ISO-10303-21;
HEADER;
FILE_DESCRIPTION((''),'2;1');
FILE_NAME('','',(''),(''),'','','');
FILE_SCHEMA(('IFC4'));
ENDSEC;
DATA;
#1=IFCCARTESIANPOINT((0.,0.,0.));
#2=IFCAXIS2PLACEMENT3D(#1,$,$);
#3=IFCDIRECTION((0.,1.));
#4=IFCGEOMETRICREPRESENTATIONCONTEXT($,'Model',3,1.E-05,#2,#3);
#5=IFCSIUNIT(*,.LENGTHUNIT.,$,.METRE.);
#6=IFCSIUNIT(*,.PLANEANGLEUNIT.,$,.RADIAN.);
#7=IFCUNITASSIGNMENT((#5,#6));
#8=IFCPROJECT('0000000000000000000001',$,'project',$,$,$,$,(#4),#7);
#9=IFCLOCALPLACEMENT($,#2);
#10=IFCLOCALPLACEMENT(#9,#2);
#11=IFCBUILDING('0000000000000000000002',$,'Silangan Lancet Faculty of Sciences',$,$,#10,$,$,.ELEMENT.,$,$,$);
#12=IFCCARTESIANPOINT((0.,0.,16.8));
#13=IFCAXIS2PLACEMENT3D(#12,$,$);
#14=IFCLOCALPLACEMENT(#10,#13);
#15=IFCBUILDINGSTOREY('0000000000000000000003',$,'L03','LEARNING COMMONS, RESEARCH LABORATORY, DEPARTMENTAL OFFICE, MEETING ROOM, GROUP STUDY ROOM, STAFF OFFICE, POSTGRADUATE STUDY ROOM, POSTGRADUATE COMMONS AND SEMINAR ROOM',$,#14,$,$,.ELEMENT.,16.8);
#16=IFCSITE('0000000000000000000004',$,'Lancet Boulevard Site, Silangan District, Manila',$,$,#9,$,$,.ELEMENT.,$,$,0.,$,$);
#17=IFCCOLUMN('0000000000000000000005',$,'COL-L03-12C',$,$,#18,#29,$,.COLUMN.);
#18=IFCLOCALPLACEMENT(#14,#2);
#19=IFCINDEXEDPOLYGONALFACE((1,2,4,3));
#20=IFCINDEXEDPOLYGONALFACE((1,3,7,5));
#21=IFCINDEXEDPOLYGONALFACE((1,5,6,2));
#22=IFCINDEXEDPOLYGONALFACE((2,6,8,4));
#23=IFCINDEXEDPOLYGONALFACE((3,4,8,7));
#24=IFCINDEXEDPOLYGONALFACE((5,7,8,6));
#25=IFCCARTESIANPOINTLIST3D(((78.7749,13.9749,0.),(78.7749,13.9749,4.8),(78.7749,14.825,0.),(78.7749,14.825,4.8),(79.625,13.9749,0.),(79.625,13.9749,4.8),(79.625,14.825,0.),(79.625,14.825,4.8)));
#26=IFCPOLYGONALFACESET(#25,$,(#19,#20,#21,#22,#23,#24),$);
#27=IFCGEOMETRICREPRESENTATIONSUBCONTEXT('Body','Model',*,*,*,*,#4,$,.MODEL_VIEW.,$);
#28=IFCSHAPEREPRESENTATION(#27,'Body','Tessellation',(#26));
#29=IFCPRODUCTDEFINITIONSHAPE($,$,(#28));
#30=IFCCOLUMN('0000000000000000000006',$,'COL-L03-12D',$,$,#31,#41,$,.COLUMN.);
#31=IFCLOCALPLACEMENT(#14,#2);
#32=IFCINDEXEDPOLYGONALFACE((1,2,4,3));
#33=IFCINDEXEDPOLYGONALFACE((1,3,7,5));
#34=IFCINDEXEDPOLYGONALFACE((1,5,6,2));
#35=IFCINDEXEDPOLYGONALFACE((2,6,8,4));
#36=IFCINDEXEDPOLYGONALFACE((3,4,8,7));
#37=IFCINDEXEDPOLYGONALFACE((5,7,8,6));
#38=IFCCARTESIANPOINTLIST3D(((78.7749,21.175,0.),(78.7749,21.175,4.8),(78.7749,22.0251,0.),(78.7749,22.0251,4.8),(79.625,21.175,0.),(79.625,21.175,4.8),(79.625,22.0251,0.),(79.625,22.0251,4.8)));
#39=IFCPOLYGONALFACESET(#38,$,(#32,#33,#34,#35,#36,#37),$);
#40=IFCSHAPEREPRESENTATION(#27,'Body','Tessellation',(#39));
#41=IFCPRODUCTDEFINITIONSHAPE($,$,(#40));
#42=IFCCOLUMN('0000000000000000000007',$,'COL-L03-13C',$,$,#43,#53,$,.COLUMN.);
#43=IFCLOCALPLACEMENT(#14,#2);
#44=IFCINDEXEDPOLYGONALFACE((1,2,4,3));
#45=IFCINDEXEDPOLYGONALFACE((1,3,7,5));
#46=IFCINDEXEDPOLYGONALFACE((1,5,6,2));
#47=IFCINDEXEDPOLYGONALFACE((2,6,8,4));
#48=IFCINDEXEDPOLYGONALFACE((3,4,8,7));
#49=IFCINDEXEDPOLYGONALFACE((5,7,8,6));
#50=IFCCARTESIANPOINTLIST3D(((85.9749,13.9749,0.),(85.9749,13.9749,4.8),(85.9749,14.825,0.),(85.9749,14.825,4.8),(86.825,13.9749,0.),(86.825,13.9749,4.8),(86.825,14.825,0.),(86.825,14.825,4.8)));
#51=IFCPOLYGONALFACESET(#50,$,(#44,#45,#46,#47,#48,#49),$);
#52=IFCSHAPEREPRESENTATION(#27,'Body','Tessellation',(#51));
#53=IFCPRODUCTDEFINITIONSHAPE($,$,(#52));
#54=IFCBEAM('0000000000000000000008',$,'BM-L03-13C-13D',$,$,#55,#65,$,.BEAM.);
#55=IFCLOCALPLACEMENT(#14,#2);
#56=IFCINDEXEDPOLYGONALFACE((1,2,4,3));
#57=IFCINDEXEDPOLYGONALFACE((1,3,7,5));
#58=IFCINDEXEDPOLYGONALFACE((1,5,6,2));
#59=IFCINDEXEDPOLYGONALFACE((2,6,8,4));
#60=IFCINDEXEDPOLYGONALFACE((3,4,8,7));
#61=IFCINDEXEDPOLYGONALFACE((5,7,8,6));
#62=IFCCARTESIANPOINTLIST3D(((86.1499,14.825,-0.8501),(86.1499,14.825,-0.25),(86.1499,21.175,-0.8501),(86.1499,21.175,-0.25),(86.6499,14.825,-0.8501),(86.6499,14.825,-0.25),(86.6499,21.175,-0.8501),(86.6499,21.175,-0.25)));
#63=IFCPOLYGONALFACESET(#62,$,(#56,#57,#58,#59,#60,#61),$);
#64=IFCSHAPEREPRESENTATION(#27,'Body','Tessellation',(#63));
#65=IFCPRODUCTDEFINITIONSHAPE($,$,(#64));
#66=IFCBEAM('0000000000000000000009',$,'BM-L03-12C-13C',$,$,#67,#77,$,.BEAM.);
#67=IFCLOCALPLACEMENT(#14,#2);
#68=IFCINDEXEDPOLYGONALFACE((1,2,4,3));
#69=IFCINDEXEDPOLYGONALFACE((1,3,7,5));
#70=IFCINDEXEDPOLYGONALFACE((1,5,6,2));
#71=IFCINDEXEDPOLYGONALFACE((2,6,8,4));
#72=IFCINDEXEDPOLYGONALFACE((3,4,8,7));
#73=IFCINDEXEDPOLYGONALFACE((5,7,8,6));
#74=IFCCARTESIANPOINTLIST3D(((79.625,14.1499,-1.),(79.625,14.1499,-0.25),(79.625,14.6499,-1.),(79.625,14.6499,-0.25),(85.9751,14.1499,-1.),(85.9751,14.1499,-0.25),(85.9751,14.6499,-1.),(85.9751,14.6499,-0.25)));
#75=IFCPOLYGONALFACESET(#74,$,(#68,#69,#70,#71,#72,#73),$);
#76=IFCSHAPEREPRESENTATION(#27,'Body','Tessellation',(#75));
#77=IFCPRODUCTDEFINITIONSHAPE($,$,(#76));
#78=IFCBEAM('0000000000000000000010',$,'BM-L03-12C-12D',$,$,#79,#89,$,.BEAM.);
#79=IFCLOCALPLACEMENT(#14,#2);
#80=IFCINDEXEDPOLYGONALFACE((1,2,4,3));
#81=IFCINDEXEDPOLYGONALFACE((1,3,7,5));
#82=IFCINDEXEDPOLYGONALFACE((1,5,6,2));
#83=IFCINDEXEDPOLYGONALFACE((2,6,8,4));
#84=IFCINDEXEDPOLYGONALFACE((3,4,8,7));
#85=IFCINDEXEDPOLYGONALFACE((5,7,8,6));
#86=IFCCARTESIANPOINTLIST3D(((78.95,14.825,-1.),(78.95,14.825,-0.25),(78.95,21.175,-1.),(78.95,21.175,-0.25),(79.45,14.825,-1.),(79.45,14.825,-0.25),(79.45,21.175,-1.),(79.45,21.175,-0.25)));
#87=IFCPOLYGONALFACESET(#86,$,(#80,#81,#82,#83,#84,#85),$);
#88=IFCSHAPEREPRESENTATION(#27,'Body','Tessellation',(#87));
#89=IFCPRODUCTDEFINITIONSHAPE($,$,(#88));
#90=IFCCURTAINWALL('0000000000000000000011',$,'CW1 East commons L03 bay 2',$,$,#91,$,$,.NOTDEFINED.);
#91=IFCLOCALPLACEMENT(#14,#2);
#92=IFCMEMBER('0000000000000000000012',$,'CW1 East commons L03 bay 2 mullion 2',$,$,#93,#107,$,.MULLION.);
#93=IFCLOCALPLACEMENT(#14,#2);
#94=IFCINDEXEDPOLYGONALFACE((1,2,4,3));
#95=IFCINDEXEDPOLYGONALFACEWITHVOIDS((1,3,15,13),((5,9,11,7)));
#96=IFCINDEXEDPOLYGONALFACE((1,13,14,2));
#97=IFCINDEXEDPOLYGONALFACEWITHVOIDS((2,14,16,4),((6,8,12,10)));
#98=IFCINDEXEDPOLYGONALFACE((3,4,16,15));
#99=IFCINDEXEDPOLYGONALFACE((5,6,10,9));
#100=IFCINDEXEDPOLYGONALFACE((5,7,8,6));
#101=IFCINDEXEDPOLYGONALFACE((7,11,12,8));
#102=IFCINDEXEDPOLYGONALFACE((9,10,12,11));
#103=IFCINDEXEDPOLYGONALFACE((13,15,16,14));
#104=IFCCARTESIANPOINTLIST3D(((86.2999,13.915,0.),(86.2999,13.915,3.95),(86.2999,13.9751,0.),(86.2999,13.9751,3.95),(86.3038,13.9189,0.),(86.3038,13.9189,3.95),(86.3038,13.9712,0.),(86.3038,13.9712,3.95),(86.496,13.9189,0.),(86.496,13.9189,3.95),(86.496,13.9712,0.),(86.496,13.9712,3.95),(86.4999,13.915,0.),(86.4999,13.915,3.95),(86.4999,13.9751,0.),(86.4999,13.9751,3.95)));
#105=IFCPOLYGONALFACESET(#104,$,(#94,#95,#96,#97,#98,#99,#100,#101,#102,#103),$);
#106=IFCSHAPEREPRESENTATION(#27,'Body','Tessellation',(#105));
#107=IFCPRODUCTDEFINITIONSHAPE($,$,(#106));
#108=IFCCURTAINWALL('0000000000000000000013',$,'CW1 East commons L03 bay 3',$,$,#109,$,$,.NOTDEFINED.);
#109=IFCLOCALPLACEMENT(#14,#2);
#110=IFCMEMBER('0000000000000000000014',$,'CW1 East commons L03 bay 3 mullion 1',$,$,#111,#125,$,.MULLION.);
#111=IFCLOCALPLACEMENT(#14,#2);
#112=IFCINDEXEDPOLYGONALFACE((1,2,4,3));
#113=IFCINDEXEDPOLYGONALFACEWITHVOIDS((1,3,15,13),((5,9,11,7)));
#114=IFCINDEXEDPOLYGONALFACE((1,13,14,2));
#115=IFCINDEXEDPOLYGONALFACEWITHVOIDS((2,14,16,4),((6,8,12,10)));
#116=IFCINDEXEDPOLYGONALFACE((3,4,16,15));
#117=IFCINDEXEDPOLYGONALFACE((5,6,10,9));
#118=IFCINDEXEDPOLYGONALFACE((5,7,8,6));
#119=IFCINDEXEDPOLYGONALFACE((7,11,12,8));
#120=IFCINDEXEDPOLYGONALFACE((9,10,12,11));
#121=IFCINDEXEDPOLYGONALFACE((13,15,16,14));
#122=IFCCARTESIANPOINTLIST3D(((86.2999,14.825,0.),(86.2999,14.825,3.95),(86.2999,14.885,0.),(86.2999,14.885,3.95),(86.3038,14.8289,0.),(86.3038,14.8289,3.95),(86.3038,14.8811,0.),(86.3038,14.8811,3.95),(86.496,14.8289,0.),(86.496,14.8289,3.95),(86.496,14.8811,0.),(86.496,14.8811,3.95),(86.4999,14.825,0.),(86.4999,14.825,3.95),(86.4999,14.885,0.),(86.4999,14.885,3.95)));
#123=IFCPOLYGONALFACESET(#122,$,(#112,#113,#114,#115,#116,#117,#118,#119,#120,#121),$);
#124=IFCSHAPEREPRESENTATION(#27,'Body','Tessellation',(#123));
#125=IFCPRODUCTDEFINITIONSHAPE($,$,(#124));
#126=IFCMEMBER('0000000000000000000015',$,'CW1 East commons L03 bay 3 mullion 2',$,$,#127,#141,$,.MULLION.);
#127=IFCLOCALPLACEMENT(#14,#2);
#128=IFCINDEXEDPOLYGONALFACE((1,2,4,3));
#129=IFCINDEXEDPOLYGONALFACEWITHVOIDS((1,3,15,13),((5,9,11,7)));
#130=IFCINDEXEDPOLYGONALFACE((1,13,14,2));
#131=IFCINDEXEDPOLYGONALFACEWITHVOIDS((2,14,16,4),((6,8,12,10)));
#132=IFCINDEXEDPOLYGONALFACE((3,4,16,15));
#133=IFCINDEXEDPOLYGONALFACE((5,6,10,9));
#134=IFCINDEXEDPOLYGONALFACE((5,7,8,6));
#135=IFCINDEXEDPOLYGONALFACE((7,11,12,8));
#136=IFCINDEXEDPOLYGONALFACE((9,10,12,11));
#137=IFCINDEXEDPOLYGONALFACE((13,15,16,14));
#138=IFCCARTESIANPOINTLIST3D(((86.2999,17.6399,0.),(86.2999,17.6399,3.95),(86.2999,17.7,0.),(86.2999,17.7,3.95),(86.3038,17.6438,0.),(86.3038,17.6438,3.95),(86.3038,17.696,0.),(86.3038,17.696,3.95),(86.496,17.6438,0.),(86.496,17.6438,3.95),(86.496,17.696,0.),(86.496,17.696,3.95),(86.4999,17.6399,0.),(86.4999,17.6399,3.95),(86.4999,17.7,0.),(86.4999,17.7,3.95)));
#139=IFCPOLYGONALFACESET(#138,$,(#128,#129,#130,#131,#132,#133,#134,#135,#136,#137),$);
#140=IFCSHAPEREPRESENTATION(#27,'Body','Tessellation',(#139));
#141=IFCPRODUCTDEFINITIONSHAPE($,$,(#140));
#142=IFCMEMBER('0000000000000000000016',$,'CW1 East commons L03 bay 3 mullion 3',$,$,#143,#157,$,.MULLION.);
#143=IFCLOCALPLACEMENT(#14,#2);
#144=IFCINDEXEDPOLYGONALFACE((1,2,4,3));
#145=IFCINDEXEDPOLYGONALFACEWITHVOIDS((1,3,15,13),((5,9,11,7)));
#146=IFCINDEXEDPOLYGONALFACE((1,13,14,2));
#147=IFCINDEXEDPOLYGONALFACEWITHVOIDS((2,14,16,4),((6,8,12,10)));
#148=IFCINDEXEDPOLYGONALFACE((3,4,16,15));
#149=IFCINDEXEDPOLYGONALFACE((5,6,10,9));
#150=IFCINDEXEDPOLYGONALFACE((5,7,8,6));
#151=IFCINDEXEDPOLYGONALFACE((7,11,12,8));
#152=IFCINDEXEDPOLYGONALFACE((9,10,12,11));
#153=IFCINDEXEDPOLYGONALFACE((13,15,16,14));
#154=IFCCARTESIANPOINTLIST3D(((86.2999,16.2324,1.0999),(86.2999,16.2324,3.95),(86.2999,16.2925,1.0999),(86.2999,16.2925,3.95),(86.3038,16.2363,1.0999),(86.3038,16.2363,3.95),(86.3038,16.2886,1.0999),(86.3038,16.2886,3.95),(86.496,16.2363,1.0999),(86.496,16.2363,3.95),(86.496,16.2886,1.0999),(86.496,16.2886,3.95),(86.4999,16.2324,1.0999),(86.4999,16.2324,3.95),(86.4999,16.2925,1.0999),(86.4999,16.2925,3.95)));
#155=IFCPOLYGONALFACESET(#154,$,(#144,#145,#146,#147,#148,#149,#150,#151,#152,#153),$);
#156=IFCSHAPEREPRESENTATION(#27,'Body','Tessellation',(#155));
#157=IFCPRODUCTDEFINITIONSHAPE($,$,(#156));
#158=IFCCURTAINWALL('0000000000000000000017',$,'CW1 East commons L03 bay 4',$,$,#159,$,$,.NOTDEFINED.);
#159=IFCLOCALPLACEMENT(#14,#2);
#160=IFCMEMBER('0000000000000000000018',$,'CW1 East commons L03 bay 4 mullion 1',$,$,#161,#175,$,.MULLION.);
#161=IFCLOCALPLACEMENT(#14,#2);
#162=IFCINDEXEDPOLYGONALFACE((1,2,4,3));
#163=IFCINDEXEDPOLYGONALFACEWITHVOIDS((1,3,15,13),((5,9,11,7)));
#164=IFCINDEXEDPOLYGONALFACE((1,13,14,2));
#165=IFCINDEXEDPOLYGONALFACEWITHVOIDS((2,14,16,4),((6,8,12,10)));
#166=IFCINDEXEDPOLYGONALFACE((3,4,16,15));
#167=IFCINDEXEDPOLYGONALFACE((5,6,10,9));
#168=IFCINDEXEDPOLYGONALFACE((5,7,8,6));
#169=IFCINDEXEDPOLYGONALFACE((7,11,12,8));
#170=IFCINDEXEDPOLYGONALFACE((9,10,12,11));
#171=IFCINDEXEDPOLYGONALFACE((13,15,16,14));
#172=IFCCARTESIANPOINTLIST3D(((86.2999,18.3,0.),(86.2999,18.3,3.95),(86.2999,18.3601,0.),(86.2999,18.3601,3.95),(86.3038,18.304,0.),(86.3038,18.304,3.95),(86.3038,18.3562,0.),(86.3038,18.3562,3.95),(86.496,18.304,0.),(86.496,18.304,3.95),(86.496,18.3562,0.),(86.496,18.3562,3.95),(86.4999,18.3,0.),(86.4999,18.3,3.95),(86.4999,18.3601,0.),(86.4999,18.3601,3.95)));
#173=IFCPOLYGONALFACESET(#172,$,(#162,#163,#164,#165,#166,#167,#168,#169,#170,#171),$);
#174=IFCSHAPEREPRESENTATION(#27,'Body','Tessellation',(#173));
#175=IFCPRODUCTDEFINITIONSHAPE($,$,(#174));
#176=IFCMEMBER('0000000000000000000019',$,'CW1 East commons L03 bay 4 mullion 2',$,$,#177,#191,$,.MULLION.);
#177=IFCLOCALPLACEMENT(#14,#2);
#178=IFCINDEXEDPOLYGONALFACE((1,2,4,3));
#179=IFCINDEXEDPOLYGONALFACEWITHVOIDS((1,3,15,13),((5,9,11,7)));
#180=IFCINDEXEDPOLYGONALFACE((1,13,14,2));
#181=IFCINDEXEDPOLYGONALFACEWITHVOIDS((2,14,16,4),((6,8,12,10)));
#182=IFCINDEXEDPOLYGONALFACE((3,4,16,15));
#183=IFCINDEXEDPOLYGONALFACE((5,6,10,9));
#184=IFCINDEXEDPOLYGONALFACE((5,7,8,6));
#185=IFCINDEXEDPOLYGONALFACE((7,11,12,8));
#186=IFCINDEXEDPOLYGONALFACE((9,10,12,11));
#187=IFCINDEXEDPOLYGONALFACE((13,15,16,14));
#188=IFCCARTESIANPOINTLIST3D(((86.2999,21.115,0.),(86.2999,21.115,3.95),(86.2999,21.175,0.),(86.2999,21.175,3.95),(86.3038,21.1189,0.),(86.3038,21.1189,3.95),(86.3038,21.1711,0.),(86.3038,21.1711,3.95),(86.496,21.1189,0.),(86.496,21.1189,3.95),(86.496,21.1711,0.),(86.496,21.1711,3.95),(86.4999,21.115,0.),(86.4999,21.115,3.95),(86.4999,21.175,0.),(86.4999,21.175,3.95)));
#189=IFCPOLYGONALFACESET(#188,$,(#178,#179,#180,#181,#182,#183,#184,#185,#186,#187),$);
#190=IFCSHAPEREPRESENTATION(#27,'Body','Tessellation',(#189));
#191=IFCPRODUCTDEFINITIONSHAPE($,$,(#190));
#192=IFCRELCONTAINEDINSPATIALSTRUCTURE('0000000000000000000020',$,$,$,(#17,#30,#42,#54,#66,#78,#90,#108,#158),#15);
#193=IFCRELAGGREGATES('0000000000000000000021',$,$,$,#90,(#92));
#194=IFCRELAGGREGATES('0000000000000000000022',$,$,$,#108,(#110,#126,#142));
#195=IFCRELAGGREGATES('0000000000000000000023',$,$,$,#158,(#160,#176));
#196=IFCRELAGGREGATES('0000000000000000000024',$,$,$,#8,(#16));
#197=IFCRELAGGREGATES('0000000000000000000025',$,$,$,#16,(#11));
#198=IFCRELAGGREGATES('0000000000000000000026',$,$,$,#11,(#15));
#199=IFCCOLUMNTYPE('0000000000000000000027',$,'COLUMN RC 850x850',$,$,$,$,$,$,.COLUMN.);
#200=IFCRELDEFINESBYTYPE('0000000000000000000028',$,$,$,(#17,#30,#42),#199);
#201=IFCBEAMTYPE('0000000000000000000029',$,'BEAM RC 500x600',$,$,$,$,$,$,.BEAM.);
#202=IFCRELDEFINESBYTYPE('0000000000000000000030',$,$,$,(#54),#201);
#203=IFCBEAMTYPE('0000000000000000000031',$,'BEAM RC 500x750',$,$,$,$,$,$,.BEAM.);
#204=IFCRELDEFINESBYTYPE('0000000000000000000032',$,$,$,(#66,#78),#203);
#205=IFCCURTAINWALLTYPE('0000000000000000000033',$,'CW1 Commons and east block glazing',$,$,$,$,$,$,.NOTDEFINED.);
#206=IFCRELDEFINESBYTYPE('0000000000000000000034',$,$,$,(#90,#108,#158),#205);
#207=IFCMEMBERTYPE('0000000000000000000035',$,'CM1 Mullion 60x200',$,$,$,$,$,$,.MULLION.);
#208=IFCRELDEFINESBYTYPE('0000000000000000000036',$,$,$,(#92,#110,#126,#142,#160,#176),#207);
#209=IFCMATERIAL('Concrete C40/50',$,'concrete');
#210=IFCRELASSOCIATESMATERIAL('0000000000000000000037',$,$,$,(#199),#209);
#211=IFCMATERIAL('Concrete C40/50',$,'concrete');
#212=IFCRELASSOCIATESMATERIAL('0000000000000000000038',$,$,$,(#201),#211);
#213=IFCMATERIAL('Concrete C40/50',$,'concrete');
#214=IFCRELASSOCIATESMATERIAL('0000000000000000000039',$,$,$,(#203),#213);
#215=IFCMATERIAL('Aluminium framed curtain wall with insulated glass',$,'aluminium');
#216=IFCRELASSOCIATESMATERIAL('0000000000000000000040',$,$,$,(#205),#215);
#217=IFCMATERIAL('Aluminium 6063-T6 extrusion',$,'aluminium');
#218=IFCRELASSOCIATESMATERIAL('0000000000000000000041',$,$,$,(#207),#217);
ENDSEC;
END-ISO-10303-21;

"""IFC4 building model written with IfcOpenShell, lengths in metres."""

from ifc_helpers import new_model, si_unit, direction, frame, origin, origin_2d, place, context, subcontext, project, spatial, rectangle, hollow_rectangle, extrude, material, material_profile, profile_set, type_object, element, aggregate, save


model = new_model("IFC4")

# Units and contexts
model_context = context("Model", 3, precision=1e-05, world=origin(), true_north=direction((0.0, 1.0)))
body_context = subcontext(model_context, "Body", "Model", "MODEL_VIEW")
ifc_project = project(units=[si_unit("LENGTHUNIT", "METRE"), si_unit("PLANEANGLEUNIT", "RADIAN")], contexts=[model_context])

# Site, building, storey
site_placement = place(None, origin())
site = spatial("IfcSite", under=ifc_project, at=site_placement, Name="Lancet Boulevard Site, Silangan District, Manila", CompositionType="ELEMENT", RefElevation=0.0)
building_placement = place(site_placement, origin())
building = spatial("IfcBuilding", under=site, at=building_placement, Name="Silangan Lancet Faculty of Sciences", CompositionType="ELEMENT")
storey_placement = place(building_placement, frame((0.0, 0.0, 16.8)))
storey = spatial("IfcBuildingStorey", under=building, at=storey_placement, Name="L03", Description="LEARNING COMMONS, RESEARCH LABORATORY, DEPARTMENTAL OFFICE, MEETING ROOM, GROUP STUDY ROOM, STAFF OFFICE, POSTGRADUATE STUDY ROOM, POSTGRADUATE COMMONS AND SEMINAR ROOM", CompositionType="ELEMENT", Elevation=16.8)

# Columns
ifc_material_1 = material(Name="Concrete C40/50", Category="concrete")
ifc_material_profile_1 = material_profile(ifc_material_1, rectangle(XDim=0.8501, YDim=0.8501, at=origin_2d()), Name="RC 850x850")
ifc_profile_set_1 = profile_set([ifc_material_profile_1], Name="Concrete C40/50")
column_type = type_object("IfcColumnType", Name="COLUMN RC 850x850", PredefinedType="COLUMN", material=ifc_profile_set_1)
for number, where, z_axis, x_axis, name in (
    (1, (79.2, 14.3999, 0.0), (0.0, 0.0, 1.0), (1.0, 0.0, 0.0), "COL-L03-12C"),
    (2, (79.2, 21.6001, 0.0), (0.0, 0.0, 1.0), (1.0, 0.0, 0.0), "COL-L03-12D"),
    (3, (86.3999, 14.3999, 0.0), (0.0, 0.0, 1.0), (1.0, 0.0, 0.0), "COL-L03-13C"),
):
    element("IfcColumn", number, at=place(storey_placement, frame(where, z_axis=z_axis, x_axis=x_axis)), inside=storey, type_object=column_type, Name=name, PredefinedType="COLUMN", context=body_context, shape_type="SweptSolid", body=[
        extrude(rectangle(XDim=0.8501, YDim=0.8501, at=origin_2d()), origin(), (0.0, 0.0, 1.0), 4.8),
    ])

# Beams
ifc_material_2 = material(Name="Concrete C40/50", Category="concrete")
ifc_material_profile_2 = material_profile(ifc_material_2, rectangle(XDim=0.5, YDim=0.6001, at=origin_2d()), Name="RC 500x600")
ifc_profile_set_2 = profile_set([ifc_material_profile_2], Name="Concrete C40/50")
beam_type_1 = type_object("IfcBeamType", Name="BEAM RC 500x600", PredefinedType="BEAM", material=ifc_profile_set_2)
beam_placement = place(storey_placement, frame((86.3999, 14.825, -0.55), z_axis=(0.0, 1.0, 0.0), x_axis=(-1.0, 0.0, 0.0)))
element("IfcBeam", 4, at=beam_placement, inside=storey, type_object=beam_type_1, Name="BM-L03-13C-13D", PredefinedType="BEAM", context=body_context, shape_type="SweptSolid", body=[
    extrude(rectangle(XDim=0.5, YDim=0.6001, at=origin_2d()), origin(), (0.0, 0.0, 1.0), 6.3501),
])
ifc_material_3 = material(Name="Concrete C40/50", Category="concrete")
ifc_material_profile_3 = material_profile(ifc_material_3, rectangle(XDim=0.5, YDim=0.75, at=origin_2d()), Name="RC 500x750")
ifc_profile_set_3 = profile_set([ifc_material_profile_3], Name="Concrete C40/50")
beam_type_2 = type_object("IfcBeamType", Name="BEAM RC 500x750", PredefinedType="BEAM", material=ifc_profile_set_3)
for number, where, z_axis, x_axis, name in (
    (5, (79.625, 14.3999, -0.625), (1.0, 0.0, 0.0), (0.0, 1.0, 0.0), "BM-L03-12C-13C"),
    (6, (79.2, 14.825, -0.625), (0.0, 1.0, 0.0), (-1.0, 0.0, 0.0), "BM-L03-12C-12D"),
):
    element("IfcBeam", number, at=place(storey_placement, frame(where, z_axis=z_axis, x_axis=x_axis)), inside=storey, type_object=beam_type_2, Name=name, PredefinedType="BEAM", context=body_context, shape_type="SweptSolid", body=[
        extrude(rectangle(XDim=0.5, YDim=0.75, at=origin_2d()), origin(), (0.0, 0.0, 1.0), 6.3501),
    ])

# Curtain wall, member
ifc_material_4 = material(Name="Aluminium framed curtain wall with insulated glass", Category="aluminium")
curtain_wall_type = type_object("IfcCurtainWallType", Name="CW1 Commons and east block glazing", PredefinedType="NOTDEFINED", material=ifc_material_4)
curtain_wall_1_placement = place(storey_placement, origin())
curtain_wall_1 = element("IfcCurtainWall", 7, at=curtain_wall_1_placement, inside=storey, type_object=curtain_wall_type, Name="CW1 East commons L03 bay 2", PredefinedType="NOTDEFINED")
ifc_material_5 = material(Name="Aluminium 6063-T6 extrusion", Category="aluminium")
ifc_material_profile_4 = material_profile(ifc_material_5, hollow_rectangle(XDim=0.0601, YDim=0.2, WallThickness=0.0039, at=origin_2d()), Name="AL BOX 60x200x4")
ifc_profile_set_4 = profile_set([ifc_material_profile_4], Name="Aluminium 6063-T6 extrusion")
member_type_1 = type_object("IfcMemberType", Name="CM1 Mullion 60x200", PredefinedType="MULLION", material=ifc_profile_set_4)
member_1_placement = place(storey_placement, frame((86.3999, 13.9451, 0.0), z_axis=(0.0, 0.0, 1.0), x_axis=(0.0, 1.0, 0.0)))
member_1 = element("IfcMember", 8, at=member_1_placement, type_object=member_type_1, Name="CW1 East commons L03 bay 2 mullion 2", PredefinedType="MULLION", context=body_context, shape_type="SweptSolid", body=[
    extrude(hollow_rectangle(XDim=0.0601, YDim=0.2, WallThickness=0.0039, at=origin_2d()), origin(), (0.0, 0.0, 1.0), 3.95),
])
aggregate(curtain_wall_1, [member_1])

# Curtain walls, members
curtain_wall_2_placement = place(storey_placement, origin())
curtain_wall_2 = element("IfcCurtainWall", 9, at=curtain_wall_2_placement, inside=storey, type_object=curtain_wall_type, Name="CW1 East commons L03 bay 3", PredefinedType="NOTDEFINED")
member_2_placement = place(storey_placement, frame((86.3999, 14.855, 0.0), z_axis=(0.0, 0.0, 1.0), x_axis=(0.0, 1.0, 0.0)))
member_2 = element("IfcMember", 10, at=member_2_placement, type_object=member_type_1, Name="CW1 East commons L03 bay 3 mullion 1", PredefinedType="MULLION", context=body_context, shape_type="SweptSolid", body=[
    extrude(hollow_rectangle(XDim=0.0601, YDim=0.2, WallThickness=0.0039, at=origin_2d()), origin(), (0.0, 0.0, 1.0), 3.95),
])
member_3_placement = place(storey_placement, frame((86.3999, 17.6699, 0.0), z_axis=(0.0, 0.0, 1.0), x_axis=(0.0, 1.0, 0.0)))
member_3 = element("IfcMember", 11, at=member_3_placement, type_object=member_type_1, Name="CW1 East commons L03 bay 3 mullion 2", PredefinedType="MULLION", context=body_context, shape_type="SweptSolid", body=[
    extrude(hollow_rectangle(XDim=0.0601, YDim=0.2, WallThickness=0.0039, at=origin_2d()), origin(), (0.0, 0.0, 1.0), 3.95),
])
member_4_placement = place(storey_placement, frame((86.3999, 16.2625, 1.0999), z_axis=(0.0, 0.0, 1.0), x_axis=(0.0, 1.0, 0.0)))
member_4 = element("IfcMember", 12, at=member_4_placement, type_object=member_type_1, Name="CW1 East commons L03 bay 3 mullion 3", PredefinedType="MULLION", context=body_context, shape_type="SweptSolid", body=[
    extrude(hollow_rectangle(XDim=0.0601, YDim=0.2, WallThickness=0.0039, at=origin_2d()), origin(), (0.0, 0.0, 1.0), 2.8501),
])
curtain_wall_3_placement = place(storey_placement, origin())
curtain_wall_3 = element("IfcCurtainWall", 13, at=curtain_wall_3_placement, inside=storey, type_object=curtain_wall_type, Name="CW1 East commons L03 bay 4", PredefinedType="NOTDEFINED")
member_5_placement = place(storey_placement, frame((86.3999, 18.3301, 0.0), z_axis=(0.0, 0.0, 1.0), x_axis=(0.0, 1.0, 0.0)))
member_5 = element("IfcMember", 14, at=member_5_placement, type_object=member_type_1, Name="CW1 East commons L03 bay 4 mullion 1", PredefinedType="MULLION", context=body_context, shape_type="SweptSolid", body=[
    extrude(hollow_rectangle(XDim=0.0601, YDim=0.2, WallThickness=0.0039, at=origin_2d()), origin(), (0.0, 0.0, 1.0), 3.95),
])
member_6_placement = place(storey_placement, frame((86.3999, 21.145, 0.0), z_axis=(0.0, 0.0, 1.0), x_axis=(0.0, 1.0, 0.0)))
member_6 = element("IfcMember", 15, at=member_6_placement, type_object=member_type_1, Name="CW1 East commons L03 bay 4 mullion 2", PredefinedType="MULLION", context=body_context, shape_type="SweptSolid", body=[
    extrude(hollow_rectangle(XDim=0.0601, YDim=0.2, WallThickness=0.0039, at=origin_2d()), origin(), (0.0, 0.0, 1.0), 3.95),
])

aggregate(curtain_wall_2, [member_2, member_3, member_4])
aggregate(curtain_wall_3, [member_5, member_6])

save(model, "model.ifc")
